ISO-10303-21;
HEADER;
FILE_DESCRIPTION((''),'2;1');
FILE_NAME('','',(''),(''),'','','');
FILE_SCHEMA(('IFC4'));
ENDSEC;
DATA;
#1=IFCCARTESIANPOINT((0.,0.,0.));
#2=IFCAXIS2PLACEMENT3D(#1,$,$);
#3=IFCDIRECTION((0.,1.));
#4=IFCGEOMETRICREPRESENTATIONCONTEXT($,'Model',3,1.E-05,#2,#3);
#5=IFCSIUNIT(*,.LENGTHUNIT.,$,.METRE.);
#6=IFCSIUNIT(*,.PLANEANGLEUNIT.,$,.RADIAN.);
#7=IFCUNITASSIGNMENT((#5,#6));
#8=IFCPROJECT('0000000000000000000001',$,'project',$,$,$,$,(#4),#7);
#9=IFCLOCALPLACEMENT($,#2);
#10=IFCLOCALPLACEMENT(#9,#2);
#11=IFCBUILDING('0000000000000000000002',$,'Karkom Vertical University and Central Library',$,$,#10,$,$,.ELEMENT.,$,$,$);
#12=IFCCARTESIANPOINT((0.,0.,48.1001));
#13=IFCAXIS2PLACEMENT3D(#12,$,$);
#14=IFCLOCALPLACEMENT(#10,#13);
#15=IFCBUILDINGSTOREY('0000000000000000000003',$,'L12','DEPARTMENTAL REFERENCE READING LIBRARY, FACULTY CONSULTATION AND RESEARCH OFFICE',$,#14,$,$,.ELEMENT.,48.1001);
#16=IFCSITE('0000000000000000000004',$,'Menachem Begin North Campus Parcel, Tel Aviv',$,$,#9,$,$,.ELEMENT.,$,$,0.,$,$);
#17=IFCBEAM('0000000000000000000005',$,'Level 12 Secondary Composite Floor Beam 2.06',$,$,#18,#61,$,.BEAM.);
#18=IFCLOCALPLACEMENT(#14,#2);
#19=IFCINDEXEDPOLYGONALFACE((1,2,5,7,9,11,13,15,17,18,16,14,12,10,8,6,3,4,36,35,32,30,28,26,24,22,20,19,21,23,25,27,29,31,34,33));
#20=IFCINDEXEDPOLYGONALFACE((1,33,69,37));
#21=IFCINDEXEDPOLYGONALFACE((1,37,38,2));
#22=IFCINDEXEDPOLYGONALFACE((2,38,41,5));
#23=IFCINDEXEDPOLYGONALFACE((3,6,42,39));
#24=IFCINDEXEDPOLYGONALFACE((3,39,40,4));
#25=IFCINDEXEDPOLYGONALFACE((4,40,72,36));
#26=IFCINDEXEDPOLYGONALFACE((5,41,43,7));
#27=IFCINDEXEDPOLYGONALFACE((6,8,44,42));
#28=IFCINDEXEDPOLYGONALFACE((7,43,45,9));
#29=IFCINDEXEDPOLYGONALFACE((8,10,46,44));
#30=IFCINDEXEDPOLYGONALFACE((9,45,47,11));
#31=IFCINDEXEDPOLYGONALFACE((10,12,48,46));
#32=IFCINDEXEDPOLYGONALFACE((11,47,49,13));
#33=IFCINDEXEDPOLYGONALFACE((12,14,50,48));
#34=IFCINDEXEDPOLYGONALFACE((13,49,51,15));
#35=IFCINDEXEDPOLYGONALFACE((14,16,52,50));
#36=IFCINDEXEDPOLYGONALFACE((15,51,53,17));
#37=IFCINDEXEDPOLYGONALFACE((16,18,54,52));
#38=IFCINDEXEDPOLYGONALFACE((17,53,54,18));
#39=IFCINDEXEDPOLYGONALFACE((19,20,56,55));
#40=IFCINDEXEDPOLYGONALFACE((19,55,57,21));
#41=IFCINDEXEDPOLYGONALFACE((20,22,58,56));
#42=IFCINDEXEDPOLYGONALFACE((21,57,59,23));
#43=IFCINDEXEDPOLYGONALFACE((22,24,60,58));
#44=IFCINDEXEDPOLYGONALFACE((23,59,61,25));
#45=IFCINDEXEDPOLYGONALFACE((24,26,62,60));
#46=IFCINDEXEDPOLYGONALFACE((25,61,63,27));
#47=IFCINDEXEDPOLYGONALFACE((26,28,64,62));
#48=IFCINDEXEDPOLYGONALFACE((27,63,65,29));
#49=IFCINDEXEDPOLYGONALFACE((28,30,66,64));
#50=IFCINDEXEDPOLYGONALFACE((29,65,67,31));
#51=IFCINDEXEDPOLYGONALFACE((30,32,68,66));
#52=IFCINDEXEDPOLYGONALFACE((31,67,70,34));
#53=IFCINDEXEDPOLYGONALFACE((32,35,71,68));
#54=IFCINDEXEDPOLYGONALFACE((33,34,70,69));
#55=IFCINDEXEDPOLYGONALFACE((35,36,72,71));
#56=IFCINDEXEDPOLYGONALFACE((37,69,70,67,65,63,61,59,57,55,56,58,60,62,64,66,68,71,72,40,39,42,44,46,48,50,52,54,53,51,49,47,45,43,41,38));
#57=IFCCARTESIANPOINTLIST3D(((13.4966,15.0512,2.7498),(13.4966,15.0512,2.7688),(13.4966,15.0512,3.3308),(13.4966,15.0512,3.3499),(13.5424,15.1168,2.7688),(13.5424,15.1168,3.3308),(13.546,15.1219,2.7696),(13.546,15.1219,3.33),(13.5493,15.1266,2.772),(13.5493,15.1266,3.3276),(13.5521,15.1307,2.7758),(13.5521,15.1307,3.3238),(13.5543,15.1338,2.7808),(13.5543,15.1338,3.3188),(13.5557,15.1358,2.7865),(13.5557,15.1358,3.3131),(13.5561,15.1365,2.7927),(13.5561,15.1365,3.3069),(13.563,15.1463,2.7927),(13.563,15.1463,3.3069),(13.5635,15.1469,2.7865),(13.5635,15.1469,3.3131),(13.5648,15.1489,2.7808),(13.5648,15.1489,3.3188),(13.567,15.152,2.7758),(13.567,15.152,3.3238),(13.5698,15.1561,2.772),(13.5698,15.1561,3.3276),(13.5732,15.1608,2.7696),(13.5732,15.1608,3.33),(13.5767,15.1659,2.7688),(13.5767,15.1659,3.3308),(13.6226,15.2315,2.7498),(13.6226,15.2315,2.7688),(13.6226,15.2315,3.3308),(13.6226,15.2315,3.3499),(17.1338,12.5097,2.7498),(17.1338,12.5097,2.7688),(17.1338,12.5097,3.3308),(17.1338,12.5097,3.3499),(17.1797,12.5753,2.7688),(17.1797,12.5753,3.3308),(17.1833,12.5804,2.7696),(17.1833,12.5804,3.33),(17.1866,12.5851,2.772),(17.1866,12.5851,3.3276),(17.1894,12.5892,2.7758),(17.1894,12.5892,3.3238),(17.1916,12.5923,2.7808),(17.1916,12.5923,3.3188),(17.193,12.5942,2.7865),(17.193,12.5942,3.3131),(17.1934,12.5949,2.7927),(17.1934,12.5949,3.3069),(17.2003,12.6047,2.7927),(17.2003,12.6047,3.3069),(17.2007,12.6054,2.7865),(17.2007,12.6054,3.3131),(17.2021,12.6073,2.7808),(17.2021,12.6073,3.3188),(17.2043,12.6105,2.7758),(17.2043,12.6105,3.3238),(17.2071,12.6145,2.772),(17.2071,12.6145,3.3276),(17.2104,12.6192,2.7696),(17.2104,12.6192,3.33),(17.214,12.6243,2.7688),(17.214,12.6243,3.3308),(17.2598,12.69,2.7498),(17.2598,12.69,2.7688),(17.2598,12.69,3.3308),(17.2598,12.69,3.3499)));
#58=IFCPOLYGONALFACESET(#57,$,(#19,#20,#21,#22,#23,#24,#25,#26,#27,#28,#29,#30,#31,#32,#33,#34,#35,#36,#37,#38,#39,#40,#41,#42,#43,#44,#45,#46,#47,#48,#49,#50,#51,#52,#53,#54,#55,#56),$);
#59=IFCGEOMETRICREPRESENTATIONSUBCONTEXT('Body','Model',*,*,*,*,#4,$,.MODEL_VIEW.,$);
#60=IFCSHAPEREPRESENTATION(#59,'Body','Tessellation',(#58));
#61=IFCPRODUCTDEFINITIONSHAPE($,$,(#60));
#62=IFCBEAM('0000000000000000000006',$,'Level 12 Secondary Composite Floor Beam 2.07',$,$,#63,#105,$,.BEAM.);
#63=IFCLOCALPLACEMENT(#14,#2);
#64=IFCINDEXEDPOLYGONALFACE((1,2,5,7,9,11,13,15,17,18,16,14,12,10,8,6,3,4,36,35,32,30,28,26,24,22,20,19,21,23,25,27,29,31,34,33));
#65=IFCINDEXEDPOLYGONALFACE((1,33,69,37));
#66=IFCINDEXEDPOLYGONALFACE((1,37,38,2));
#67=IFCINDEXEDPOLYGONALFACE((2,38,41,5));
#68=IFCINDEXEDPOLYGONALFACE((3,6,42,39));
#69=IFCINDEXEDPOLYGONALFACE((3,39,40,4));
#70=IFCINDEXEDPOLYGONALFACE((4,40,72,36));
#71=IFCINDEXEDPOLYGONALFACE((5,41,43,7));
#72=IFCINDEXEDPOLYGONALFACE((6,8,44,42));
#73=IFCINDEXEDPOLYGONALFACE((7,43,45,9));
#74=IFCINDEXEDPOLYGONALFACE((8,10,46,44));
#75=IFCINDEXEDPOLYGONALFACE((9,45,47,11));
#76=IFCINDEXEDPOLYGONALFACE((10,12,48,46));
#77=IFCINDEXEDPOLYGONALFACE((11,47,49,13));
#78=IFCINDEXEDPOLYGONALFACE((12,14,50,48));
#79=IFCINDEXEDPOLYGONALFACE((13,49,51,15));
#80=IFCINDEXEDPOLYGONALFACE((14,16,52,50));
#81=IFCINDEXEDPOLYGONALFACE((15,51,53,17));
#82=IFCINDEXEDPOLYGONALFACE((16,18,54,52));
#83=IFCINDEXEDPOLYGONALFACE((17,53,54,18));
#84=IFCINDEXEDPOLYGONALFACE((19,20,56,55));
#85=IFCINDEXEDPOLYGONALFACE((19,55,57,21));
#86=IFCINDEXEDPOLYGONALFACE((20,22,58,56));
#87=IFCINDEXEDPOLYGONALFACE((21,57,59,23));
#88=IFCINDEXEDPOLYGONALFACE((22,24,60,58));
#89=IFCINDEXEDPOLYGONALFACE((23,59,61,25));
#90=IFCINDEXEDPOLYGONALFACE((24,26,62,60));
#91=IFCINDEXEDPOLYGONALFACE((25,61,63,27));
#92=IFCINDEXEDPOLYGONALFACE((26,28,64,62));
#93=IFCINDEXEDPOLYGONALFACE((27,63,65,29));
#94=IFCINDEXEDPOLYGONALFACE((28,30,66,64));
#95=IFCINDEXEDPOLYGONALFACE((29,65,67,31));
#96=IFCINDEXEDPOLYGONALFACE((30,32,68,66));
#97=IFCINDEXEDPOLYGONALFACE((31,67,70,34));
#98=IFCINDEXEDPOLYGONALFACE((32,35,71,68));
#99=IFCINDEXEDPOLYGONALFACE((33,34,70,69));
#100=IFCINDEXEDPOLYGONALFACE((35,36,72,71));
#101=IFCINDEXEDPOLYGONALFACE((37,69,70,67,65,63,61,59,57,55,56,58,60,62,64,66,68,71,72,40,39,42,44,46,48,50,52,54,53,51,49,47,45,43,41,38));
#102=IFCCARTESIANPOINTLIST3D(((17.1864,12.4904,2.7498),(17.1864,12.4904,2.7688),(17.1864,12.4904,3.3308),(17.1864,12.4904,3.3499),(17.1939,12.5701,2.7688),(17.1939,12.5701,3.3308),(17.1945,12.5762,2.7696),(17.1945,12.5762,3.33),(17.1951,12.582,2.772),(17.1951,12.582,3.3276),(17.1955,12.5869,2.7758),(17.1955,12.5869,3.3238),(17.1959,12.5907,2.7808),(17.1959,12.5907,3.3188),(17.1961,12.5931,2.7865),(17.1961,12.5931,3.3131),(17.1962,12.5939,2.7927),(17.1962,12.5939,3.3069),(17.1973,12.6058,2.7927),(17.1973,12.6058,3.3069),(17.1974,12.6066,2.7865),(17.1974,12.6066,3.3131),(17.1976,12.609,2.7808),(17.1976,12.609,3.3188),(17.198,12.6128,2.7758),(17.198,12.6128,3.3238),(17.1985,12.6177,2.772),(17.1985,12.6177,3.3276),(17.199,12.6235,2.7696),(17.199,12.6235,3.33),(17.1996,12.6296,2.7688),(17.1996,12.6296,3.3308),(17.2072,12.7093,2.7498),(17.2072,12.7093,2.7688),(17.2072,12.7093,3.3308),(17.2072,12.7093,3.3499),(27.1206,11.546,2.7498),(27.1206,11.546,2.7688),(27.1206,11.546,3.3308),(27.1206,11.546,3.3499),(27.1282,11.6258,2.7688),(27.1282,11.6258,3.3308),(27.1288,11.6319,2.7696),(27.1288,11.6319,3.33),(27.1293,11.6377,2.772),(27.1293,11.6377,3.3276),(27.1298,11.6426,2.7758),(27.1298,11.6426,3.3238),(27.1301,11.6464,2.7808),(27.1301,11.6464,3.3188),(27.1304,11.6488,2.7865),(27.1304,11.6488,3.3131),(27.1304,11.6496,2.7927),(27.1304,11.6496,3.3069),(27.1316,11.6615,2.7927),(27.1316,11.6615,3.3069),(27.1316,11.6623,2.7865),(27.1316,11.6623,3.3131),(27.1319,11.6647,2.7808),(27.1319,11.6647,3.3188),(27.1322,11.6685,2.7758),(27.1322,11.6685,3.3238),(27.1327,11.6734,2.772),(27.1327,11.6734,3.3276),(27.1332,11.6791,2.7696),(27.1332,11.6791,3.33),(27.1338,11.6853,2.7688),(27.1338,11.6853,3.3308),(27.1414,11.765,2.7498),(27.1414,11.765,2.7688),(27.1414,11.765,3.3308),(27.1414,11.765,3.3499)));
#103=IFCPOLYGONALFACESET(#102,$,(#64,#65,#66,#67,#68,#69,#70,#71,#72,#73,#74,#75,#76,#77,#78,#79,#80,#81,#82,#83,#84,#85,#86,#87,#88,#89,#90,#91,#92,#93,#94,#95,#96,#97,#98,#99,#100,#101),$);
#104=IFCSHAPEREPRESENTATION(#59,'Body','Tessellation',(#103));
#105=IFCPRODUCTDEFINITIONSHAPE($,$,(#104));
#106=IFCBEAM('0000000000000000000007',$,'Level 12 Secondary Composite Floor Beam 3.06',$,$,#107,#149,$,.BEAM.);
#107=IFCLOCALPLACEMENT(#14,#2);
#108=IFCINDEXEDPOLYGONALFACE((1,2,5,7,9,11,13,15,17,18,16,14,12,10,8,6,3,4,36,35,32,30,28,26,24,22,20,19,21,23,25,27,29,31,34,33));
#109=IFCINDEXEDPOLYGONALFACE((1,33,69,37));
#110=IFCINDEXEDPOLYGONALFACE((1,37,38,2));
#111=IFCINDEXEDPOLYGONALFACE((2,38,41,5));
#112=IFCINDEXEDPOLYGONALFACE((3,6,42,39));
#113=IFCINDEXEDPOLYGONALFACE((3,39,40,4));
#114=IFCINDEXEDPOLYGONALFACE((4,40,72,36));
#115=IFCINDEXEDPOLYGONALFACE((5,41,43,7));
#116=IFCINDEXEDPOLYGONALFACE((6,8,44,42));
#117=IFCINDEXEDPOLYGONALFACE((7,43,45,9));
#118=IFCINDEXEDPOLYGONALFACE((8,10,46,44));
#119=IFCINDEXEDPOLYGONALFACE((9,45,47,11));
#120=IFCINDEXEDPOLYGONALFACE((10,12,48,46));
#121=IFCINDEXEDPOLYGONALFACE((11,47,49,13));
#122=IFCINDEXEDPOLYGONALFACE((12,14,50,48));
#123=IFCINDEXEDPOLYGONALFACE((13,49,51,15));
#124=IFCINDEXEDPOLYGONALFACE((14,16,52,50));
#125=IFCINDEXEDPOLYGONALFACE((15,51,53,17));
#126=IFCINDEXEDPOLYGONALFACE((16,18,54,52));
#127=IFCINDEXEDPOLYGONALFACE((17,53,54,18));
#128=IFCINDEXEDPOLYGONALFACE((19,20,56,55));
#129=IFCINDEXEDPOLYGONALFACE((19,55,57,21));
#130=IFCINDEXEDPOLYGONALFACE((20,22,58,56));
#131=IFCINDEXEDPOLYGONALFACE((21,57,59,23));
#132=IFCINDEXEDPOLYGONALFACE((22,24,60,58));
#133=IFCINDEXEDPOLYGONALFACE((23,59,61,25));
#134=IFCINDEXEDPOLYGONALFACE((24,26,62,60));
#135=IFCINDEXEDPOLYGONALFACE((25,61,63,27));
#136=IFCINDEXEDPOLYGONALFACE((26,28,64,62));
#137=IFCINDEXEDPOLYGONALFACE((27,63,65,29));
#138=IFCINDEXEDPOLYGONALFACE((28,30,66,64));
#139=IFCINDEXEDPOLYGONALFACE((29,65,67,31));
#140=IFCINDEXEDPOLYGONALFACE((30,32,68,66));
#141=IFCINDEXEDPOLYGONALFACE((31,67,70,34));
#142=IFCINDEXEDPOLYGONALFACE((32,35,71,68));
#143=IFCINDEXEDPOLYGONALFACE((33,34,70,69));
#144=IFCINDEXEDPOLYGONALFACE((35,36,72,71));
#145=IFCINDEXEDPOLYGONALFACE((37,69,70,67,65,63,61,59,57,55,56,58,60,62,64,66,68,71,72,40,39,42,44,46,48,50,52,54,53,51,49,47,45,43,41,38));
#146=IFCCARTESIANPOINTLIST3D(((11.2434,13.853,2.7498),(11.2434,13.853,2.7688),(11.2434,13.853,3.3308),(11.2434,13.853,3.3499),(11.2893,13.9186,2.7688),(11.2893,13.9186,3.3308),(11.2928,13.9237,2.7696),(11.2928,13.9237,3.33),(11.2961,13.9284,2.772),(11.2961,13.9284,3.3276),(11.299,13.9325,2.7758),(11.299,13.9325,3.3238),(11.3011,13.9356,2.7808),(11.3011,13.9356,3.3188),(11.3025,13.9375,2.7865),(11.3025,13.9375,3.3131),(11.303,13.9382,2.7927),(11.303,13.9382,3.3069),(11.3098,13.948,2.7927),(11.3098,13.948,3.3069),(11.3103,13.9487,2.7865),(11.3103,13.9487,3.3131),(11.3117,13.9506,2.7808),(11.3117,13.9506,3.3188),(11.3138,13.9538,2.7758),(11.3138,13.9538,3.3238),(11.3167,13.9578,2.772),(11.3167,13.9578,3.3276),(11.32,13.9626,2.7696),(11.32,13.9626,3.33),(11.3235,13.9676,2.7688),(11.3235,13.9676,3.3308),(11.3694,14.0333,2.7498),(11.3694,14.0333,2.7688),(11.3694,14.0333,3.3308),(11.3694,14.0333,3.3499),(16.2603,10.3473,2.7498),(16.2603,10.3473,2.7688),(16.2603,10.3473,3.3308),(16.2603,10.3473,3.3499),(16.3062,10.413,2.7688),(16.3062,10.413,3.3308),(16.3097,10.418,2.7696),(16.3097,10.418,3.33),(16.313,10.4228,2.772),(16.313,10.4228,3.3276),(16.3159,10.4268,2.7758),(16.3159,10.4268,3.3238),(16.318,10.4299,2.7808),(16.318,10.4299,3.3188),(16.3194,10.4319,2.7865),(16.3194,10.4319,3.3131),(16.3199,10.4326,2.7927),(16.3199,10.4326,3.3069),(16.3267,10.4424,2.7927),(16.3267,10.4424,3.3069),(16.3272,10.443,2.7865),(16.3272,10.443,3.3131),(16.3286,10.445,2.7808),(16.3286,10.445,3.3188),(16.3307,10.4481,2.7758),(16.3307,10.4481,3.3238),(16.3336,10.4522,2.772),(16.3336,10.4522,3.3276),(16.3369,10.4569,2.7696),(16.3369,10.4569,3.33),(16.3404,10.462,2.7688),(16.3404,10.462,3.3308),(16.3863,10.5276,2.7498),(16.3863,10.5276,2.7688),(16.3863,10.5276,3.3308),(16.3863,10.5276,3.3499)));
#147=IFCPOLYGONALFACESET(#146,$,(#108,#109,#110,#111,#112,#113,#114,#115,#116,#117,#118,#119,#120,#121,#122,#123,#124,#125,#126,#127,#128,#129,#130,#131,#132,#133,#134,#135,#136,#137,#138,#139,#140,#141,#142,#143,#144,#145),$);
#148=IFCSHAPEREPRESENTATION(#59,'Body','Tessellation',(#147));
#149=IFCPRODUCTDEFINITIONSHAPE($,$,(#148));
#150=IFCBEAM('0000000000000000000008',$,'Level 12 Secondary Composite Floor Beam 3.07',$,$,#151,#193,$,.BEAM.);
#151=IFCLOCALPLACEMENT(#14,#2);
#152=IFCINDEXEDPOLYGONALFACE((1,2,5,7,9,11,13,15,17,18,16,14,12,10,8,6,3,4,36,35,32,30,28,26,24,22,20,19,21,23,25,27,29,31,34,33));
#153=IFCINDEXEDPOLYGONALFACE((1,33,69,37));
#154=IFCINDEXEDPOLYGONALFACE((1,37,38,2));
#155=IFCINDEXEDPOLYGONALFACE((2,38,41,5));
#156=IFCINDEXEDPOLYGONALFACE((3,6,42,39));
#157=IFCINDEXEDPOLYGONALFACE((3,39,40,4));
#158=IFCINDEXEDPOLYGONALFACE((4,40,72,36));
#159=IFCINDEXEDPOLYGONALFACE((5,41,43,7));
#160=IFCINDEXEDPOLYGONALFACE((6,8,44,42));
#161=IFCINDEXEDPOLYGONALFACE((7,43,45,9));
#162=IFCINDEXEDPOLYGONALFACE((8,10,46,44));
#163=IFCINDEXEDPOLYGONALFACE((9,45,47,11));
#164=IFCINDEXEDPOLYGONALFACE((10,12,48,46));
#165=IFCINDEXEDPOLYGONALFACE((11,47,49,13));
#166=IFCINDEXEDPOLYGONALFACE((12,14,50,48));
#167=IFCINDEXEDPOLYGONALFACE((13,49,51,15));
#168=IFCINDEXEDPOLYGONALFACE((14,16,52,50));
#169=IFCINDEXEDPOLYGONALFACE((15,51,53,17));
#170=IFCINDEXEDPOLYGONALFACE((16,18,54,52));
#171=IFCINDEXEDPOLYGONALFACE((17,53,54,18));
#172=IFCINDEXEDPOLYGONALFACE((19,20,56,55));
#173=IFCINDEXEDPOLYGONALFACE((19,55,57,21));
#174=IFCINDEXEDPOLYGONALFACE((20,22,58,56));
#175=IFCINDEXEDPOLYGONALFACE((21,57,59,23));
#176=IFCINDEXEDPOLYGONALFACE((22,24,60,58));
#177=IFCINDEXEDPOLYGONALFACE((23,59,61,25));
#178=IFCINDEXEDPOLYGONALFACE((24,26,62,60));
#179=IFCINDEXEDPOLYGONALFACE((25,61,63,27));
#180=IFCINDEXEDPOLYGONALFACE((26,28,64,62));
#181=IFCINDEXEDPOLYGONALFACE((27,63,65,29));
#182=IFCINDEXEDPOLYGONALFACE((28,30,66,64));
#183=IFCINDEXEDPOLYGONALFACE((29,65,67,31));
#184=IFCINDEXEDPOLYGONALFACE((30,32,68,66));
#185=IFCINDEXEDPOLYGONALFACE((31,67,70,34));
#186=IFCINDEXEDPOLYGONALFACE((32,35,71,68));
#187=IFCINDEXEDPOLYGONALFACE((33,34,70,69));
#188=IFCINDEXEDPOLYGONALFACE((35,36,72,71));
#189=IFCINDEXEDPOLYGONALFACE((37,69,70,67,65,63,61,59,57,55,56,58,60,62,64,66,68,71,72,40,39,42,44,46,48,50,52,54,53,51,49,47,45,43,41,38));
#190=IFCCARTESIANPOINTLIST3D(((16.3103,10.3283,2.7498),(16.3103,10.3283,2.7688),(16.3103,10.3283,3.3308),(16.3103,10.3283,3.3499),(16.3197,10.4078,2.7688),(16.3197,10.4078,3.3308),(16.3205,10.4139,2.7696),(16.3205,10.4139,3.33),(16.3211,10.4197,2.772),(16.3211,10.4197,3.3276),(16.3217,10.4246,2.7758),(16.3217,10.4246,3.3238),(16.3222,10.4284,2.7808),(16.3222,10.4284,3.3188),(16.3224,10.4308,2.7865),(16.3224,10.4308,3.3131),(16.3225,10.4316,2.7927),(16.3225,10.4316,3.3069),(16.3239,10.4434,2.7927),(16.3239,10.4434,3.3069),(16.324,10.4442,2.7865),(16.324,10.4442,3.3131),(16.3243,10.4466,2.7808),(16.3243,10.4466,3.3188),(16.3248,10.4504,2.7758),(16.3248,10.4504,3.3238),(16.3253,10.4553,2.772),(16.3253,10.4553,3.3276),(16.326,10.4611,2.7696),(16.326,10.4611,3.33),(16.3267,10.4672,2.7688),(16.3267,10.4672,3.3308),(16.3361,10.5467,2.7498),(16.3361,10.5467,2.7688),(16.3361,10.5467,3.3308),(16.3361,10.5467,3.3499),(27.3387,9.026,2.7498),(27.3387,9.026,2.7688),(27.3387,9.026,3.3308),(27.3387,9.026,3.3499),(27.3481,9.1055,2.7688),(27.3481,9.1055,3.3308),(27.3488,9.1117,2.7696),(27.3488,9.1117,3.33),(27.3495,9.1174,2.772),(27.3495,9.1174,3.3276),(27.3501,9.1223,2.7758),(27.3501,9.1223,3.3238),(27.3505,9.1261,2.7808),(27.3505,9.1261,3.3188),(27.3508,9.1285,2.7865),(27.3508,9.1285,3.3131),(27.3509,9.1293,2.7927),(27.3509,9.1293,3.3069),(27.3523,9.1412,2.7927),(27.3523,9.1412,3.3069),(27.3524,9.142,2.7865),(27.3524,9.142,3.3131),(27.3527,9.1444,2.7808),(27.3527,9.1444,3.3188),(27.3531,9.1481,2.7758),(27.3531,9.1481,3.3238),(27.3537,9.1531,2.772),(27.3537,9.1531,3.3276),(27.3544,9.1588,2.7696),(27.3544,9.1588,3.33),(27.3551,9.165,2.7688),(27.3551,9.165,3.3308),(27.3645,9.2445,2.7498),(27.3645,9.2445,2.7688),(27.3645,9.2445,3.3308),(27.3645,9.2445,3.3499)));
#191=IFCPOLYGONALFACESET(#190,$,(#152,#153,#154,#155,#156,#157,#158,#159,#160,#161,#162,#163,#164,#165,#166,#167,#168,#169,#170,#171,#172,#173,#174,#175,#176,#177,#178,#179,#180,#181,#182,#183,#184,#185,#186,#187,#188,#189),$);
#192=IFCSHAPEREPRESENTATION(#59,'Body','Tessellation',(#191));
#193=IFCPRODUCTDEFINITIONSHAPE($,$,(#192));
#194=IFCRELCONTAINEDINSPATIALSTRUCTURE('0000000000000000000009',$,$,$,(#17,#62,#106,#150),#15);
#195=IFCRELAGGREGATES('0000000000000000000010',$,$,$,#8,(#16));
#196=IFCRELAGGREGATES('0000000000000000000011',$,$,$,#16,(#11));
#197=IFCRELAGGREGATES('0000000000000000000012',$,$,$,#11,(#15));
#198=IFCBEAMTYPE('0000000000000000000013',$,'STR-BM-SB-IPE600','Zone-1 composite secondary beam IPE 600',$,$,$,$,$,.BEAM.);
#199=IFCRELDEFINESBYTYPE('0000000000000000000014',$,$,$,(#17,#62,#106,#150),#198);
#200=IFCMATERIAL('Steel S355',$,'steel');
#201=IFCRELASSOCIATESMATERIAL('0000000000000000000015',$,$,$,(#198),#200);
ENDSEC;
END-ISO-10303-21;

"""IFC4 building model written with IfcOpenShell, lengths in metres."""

from ifc_helpers import new_model, si_unit, direction, frame, origin, origin_with_axes, origin_2d, place, context, subcontext, project, spatial, i_section, extrude, source, transform, mapped, material, material_profile, profile_set, type_object, element, save


model = new_model("IFC4")

# Units and contexts
model_context = context("Model", 3, precision=1e-05, world=origin(), true_north=direction((0.0, 1.0)))
body_context = subcontext(model_context, "Body", "Model", "MODEL_VIEW")
ifc_project = project(units=[si_unit("LENGTHUNIT", "METRE"), si_unit("PLANEANGLEUNIT", "RADIAN")], contexts=[model_context])

# Site, building, storey
site_placement = place(None, origin())
site = spatial("IfcSite", under=ifc_project, at=site_placement, Name="Menachem Begin North Campus Parcel, Tel Aviv", CompositionType="ELEMENT", RefElevation=0.0)
building_placement = place(site_placement, origin())
building = spatial("IfcBuilding", under=site, at=building_placement, Name="Karkom Vertical University and Central Library", CompositionType="ELEMENT")
storey_placement = place(building_placement, frame((0.0, 0.0, 48.1001)))
storey = spatial("IfcBuildingStorey", under=building, at=storey_placement, Name="L12", Description="DEPARTMENTAL REFERENCE READING LIBRARY, FACULTY CONSULTATION AND RESEARCH OFFICE", CompositionType="ELEMENT", Elevation=48.1001)

# Beams
ifc_material_1 = material(Name="Steel S355", Category="steel")
ifc_material_profile_1 = material_profile(ifc_material_1, i_section(OverallWidth=0.22, OverallDepth=0.6001, WebThickness=0.012, FlangeThickness=0.019, FilletRadius=0.0239, at=origin_2d()), Name="IPE 600")
ifc_profile_set_1 = profile_set([ifc_material_profile_1], Name="Steel S355")
beam_type_1 = type_object("IfcBeamType", Name="STR-BM-SB-IPE600", Description="Zone-1 composite secondary beam IPE 600", PredefinedType="BEAM", material=ifc_profile_set_1)
shared_shape_1 = source(origin_with_axes(), body_context, "Body", "SweptSolid", [
    extrude(i_section(OverallWidth=0.22, OverallDepth=0.6001, WebThickness=0.012, FlangeThickness=0.019, FilletRadius=0.0239, at=origin_2d()), origin(), (0.0, 0.0, 1.0), 4.4373),
])
beam_1_placement = place(storey_placement, frame((13.5596, 15.1414, 3.0498), z_axis=(0.819712, -0.572775, 0.0), x_axis=(0.572775, 0.819712, 0.0)))
element("IfcBeam", 1, at=beam_1_placement, inside=storey, type_object=beam_type_1, Name="Level 12 Secondary Composite Floor Beam 2.06", PredefinedType="BEAM", context=body_context, shape_type="MappedRepresentation", body=[
    mapped(shared_shape_1, transform((0.0, 0.0, 0.0), scale=1.0)),
])
shared_shape_2 = source(origin_with_axes(), body_context, "Body", "SweptSolid", [
    extrude(i_section(OverallWidth=0.22, OverallDepth=0.6001, WebThickness=0.012, FlangeThickness=0.019, FilletRadius=0.0239, at=origin_2d()), origin(), (0.0, 0.0, 1.0), 9.979),
])
beam_2_placement = place(storey_placement, frame((17.1968, 12.5999, 3.0498), z_axis=(0.995512, -0.094631, 0.0), x_axis=(0.094631, 0.995512, 0.0)))
element("IfcBeam", 2, at=beam_2_placement, inside=storey, type_object=beam_type_1, Name="Level 12 Secondary Composite Floor Beam 2.07", PredefinedType="BEAM", context=body_context, shape_type="MappedRepresentation", body=[
    mapped(shared_shape_2, transform((0.0, 0.0, 0.0), scale=1.0)),
])
shared_shape_3 = source(origin_with_axes(), body_context, "Body", "SweptSolid", [
    extrude(i_section(OverallWidth=0.22, OverallDepth=0.6001, WebThickness=0.012, FlangeThickness=0.019, FilletRadius=0.0239, at=origin_2d()), origin(), (0.0, 0.0, 1.0), 6.1204),
])
beam_3_placement = place(storey_placement, frame((11.3064, 13.9431, 3.0498), z_axis=(0.819706, -0.572785, 0.0), x_axis=(0.572785, 0.819706, 0.0)))
element("IfcBeam", 3, at=beam_3_placement, inside=storey, type_object=beam_type_1, Name="Level 12 Secondary Composite Floor Beam 3.06", PredefinedType="BEAM", context=body_context, shape_type="MappedRepresentation", body=[
    mapped(shared_shape_3, transform((0.0, 0.0, 0.0), scale=1.0)),
])
shared_shape_4 = source(origin_with_axes(), body_context, "Body", "SweptSolid", [
    extrude(i_section(OverallWidth=0.22, OverallDepth=0.6001, WebThickness=0.012, FlangeThickness=0.019, FilletRadius=0.0239, at=origin_2d()), origin(), (0.0, 0.0, 1.0), 11.105),
])
beam_4_placement = place(storey_placement, frame((16.3232, 10.4375, 3.0498), z_axis=(0.9931, -0.117267, 0.0), x_axis=(0.117267, 0.9931, 0.0)))
element("IfcBeam", 4, at=beam_4_placement, inside=storey, type_object=beam_type_1, Name="Level 12 Secondary Composite Floor Beam 3.07", PredefinedType="BEAM", context=body_context, shape_type="MappedRepresentation", body=[
    mapped(shared_shape_4, transform((0.0, 0.0, 0.0), scale=1.0)),
])

save(model, "model.ifc")
